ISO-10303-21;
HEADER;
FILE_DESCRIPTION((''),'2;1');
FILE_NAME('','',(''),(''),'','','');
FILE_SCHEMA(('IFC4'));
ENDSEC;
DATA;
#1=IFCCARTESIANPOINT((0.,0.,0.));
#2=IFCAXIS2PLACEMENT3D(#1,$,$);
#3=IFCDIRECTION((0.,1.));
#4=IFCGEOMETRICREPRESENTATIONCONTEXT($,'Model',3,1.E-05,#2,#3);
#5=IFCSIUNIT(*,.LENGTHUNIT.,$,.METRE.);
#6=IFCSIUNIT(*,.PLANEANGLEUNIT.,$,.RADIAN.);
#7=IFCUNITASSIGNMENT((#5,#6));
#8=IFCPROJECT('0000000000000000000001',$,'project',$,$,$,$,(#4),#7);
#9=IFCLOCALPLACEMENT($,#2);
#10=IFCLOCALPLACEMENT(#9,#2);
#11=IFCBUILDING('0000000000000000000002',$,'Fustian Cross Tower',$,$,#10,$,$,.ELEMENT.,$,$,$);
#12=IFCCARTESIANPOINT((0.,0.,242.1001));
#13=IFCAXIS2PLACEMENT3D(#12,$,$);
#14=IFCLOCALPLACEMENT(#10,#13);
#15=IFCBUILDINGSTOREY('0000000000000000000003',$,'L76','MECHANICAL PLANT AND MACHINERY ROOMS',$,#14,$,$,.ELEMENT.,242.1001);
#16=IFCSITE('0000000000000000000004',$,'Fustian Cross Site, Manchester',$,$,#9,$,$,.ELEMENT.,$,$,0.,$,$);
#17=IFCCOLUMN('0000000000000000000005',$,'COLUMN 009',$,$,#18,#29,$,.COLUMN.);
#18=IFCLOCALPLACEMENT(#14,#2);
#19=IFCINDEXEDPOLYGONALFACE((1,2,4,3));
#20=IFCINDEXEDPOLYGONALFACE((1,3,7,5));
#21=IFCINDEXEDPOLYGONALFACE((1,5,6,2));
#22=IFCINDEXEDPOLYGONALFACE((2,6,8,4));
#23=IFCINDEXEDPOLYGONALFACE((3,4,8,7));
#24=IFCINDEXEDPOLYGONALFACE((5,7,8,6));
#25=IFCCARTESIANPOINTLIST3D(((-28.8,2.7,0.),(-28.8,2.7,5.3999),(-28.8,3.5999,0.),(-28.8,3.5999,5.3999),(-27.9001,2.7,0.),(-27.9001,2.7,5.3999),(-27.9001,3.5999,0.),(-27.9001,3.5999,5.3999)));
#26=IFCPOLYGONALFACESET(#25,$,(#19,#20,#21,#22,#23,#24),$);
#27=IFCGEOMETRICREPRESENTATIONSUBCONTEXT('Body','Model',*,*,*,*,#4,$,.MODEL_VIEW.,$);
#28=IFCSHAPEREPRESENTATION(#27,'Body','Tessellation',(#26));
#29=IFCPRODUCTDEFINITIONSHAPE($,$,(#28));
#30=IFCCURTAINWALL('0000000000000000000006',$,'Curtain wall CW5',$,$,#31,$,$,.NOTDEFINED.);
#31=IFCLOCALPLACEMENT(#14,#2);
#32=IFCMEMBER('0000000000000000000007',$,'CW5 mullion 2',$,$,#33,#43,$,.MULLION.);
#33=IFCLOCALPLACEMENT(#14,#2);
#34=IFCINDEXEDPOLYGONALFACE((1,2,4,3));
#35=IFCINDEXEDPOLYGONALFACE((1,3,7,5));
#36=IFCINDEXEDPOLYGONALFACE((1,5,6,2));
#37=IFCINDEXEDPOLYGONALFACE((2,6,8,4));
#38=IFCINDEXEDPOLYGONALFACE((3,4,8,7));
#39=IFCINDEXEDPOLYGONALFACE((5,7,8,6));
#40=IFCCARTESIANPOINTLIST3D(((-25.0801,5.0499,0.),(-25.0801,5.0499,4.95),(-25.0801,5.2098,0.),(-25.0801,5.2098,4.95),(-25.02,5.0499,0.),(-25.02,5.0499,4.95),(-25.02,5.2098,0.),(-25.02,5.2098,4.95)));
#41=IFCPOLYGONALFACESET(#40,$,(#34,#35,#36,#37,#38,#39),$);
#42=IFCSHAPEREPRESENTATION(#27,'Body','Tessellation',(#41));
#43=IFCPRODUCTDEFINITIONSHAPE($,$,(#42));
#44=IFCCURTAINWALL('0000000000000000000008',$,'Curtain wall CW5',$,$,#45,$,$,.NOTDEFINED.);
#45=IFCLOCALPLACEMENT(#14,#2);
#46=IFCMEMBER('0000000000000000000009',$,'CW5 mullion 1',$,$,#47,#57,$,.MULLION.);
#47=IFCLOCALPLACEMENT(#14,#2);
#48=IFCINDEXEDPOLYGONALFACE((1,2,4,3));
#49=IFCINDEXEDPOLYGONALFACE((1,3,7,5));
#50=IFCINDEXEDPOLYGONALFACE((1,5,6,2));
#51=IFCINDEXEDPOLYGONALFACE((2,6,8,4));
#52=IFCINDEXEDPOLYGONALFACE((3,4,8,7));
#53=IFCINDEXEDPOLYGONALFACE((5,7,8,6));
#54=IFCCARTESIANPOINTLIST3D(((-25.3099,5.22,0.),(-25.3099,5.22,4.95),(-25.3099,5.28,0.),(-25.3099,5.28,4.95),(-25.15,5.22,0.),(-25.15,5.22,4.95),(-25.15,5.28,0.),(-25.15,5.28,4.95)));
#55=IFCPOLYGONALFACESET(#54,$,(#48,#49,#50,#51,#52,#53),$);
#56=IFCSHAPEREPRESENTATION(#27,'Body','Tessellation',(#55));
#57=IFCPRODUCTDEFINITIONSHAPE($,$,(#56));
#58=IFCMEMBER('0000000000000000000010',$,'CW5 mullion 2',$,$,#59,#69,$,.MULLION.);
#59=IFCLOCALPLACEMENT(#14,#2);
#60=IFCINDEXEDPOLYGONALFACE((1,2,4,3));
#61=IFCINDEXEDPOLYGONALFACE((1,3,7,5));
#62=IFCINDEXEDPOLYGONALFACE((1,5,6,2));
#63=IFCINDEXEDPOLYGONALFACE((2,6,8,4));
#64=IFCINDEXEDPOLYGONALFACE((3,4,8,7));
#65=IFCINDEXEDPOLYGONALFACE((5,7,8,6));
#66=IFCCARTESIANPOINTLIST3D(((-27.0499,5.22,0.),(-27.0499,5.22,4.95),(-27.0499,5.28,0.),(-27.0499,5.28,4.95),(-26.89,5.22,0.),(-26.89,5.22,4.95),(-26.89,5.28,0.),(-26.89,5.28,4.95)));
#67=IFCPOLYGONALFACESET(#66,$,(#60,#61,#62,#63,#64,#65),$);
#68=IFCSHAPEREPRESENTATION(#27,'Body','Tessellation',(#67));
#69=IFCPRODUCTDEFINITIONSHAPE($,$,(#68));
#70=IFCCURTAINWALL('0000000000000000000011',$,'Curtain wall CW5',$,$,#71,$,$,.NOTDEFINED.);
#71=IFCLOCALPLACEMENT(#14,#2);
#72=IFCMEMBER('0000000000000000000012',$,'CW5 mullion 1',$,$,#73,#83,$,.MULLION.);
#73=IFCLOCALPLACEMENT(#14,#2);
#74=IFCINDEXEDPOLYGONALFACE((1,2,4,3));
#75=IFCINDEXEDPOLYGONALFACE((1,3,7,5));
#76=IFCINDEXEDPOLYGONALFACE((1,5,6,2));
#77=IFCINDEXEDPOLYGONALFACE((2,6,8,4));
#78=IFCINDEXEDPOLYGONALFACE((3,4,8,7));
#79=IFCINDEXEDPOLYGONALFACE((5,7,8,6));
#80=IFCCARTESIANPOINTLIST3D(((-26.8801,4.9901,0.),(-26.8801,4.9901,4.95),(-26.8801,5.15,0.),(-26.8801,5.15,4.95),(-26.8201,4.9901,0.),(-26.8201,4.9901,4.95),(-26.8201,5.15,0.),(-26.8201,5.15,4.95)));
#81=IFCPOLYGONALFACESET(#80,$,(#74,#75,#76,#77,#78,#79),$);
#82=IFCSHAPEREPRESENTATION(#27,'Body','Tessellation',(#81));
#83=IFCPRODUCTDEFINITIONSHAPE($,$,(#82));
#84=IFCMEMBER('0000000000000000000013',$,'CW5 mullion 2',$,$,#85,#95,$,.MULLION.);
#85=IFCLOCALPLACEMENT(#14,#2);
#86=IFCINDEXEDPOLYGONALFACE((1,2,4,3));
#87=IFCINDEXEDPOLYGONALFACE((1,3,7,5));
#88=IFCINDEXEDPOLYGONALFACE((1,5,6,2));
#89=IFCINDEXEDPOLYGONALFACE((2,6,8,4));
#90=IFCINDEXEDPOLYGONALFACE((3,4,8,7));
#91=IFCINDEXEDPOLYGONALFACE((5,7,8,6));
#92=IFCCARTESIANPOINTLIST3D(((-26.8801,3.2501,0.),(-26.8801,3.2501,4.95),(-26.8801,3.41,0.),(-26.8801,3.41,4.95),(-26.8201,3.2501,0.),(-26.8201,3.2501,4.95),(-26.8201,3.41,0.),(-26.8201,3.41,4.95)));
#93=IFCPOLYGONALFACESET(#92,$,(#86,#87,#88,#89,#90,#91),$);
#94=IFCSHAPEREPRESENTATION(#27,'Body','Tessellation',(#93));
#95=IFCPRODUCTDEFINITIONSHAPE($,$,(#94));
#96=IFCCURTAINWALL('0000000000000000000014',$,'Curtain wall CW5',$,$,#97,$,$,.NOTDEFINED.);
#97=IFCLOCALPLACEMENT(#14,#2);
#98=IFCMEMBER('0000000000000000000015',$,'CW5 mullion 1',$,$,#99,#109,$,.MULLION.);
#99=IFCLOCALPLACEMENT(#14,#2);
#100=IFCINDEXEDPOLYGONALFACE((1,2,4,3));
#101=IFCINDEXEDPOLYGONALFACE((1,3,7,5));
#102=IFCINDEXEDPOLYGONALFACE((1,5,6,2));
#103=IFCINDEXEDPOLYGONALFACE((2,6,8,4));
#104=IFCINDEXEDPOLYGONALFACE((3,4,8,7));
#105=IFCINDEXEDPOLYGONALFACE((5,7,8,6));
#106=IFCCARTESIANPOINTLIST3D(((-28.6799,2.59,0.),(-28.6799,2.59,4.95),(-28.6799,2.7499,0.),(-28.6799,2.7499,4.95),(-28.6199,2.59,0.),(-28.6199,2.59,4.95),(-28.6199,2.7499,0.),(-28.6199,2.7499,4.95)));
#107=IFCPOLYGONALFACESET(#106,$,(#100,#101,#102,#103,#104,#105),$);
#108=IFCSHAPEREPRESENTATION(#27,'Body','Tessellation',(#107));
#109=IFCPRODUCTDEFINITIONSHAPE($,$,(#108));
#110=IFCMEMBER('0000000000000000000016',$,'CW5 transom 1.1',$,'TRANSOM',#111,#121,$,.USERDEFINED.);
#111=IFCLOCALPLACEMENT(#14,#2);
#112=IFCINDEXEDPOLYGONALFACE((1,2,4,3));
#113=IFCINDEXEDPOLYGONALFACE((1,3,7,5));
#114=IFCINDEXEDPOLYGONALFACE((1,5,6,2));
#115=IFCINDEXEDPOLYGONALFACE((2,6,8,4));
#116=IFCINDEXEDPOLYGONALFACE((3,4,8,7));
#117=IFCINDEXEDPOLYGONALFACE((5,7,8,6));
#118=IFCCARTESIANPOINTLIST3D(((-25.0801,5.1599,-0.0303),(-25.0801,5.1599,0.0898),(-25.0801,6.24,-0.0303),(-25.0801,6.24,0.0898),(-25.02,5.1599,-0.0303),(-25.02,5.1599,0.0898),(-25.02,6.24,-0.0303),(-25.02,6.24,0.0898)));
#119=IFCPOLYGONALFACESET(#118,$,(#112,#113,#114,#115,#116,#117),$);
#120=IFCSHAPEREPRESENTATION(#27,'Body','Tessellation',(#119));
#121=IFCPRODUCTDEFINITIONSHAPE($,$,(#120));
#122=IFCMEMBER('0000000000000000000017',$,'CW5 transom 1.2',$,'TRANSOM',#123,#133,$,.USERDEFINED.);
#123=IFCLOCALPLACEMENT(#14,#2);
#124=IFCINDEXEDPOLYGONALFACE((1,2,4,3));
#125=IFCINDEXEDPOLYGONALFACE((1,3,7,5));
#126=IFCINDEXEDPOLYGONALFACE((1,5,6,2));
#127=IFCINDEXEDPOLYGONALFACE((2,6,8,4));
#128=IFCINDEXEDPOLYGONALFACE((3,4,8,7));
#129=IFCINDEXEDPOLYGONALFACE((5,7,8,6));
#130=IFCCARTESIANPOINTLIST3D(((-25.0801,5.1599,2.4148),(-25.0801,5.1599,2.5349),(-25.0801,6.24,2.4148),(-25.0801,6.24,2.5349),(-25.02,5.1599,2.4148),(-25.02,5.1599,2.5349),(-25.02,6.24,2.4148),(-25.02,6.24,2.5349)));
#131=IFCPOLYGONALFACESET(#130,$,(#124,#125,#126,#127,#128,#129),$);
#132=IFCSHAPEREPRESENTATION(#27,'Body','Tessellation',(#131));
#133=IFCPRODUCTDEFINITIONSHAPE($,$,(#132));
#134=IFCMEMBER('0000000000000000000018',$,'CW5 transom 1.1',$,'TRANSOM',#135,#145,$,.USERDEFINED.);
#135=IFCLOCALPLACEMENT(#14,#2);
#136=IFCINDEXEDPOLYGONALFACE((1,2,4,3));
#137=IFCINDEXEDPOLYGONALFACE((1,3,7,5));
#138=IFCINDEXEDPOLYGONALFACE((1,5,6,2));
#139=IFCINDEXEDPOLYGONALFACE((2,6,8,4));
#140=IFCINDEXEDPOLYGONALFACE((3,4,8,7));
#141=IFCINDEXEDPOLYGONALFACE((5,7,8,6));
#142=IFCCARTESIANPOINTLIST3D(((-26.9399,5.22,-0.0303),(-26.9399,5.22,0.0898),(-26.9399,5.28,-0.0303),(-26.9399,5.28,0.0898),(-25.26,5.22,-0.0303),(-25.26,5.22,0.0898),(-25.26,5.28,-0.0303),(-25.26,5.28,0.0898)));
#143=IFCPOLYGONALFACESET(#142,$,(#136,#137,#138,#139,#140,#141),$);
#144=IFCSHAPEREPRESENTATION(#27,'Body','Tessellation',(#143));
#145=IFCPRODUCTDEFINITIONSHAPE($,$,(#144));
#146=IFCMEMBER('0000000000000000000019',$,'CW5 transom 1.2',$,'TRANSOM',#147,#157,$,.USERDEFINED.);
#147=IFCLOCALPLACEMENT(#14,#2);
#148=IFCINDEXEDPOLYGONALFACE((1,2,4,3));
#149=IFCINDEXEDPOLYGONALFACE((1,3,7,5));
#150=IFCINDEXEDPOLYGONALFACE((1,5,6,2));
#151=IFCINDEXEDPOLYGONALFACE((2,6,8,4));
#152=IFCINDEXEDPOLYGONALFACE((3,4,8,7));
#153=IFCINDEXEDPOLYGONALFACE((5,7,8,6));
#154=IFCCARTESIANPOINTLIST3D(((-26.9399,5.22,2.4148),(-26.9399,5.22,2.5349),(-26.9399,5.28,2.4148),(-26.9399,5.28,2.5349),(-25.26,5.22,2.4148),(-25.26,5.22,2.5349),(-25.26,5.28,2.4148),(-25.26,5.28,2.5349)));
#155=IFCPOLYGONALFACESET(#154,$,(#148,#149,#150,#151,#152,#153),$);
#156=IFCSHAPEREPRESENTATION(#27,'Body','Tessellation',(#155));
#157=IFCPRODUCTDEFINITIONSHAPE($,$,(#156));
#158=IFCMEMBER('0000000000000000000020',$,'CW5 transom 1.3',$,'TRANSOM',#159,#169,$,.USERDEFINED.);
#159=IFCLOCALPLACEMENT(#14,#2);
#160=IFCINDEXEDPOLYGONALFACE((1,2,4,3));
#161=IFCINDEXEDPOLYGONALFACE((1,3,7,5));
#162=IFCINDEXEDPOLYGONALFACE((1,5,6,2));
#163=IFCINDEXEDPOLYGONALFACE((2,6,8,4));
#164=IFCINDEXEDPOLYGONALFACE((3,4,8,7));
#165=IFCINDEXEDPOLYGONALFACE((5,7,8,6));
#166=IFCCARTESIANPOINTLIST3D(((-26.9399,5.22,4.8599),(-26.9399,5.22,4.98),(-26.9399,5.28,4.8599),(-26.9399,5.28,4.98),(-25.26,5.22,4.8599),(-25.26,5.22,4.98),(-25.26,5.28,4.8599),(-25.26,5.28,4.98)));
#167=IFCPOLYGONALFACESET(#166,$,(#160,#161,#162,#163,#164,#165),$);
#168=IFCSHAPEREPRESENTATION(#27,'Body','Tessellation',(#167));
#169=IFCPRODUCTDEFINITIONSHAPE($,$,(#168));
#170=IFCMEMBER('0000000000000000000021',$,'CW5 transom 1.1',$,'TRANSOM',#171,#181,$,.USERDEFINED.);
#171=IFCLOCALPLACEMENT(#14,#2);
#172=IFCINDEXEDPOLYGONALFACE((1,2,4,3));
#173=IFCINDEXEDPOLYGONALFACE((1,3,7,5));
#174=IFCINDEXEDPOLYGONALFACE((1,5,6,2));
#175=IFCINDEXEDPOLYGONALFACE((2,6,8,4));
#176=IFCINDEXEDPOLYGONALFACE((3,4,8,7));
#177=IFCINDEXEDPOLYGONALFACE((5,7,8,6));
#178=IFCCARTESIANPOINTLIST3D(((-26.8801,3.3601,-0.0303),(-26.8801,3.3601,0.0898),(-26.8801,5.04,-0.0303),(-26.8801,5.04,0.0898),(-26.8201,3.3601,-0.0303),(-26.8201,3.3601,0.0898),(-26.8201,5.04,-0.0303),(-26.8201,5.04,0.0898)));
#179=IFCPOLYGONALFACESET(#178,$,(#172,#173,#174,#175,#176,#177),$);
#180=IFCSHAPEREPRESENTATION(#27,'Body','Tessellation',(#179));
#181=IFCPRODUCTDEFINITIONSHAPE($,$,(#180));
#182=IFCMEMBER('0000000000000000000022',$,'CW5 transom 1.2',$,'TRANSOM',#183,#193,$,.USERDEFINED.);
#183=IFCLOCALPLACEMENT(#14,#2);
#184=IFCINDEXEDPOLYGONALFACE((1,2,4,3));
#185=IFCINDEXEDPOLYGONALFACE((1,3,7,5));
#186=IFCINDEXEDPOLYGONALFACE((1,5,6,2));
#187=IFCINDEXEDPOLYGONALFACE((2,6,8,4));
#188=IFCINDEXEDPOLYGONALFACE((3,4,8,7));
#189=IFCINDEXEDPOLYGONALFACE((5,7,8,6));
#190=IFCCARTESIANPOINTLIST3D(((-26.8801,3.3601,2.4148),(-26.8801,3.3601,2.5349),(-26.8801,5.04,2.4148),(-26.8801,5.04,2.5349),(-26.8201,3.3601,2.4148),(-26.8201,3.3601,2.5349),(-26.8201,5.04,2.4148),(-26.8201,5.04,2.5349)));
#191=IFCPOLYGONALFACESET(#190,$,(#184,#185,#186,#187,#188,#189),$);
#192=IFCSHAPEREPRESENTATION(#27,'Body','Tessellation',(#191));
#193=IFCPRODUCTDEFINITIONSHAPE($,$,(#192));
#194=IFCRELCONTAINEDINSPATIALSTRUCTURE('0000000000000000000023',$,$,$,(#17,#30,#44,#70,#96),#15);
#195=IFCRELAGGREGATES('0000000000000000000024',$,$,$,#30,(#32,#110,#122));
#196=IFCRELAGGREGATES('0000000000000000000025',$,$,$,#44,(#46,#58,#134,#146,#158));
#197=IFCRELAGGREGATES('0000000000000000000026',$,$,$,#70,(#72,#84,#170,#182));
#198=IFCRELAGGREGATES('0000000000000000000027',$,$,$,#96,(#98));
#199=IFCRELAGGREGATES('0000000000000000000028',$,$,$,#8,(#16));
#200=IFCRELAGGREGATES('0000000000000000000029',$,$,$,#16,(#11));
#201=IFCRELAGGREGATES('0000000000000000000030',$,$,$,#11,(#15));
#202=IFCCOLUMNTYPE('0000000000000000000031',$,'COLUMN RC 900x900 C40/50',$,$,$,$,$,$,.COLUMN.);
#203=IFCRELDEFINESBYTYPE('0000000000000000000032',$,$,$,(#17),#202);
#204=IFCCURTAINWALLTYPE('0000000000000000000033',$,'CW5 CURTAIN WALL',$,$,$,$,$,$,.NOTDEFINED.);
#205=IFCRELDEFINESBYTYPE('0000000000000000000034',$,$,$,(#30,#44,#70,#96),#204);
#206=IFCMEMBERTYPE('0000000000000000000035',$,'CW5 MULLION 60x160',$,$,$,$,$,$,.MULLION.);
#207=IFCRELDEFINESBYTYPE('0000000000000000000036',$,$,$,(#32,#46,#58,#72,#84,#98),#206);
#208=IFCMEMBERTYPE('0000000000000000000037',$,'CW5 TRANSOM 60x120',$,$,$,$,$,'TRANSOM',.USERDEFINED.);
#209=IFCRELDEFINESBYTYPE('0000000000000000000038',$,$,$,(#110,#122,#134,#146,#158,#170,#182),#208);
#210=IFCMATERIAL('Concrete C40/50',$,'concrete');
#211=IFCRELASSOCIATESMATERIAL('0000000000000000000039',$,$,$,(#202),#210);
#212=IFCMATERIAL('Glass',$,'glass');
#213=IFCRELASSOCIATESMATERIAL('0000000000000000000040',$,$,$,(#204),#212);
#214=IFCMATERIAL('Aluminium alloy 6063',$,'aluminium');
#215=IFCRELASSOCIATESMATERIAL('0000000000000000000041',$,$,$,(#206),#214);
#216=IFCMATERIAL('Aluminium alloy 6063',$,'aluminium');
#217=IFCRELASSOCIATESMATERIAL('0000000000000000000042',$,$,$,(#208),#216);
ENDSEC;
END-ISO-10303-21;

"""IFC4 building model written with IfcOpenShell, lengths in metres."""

from ifc_helpers import new_model, si_unit, direction, frame, origin, origin_2d, place, context, subcontext, project, spatial, rectangle, extrude, material, material_profile, profile_set, type_object, element, aggregate, save


model = new_model("IFC4")

# Units and contexts
model_context = context("Model", 3, precision=1e-05, world=origin(), true_north=direction((0.0, 1.0)))
body_context = subcontext(model_context, "Body", "Model", "MODEL_VIEW")
ifc_project = project(units=[si_unit("LENGTHUNIT", "METRE"), si_unit("PLANEANGLEUNIT", "RADIAN")], contexts=[model_context])

# Site, building, storey
site_placement = place(None, origin())
site = spatial("IfcSite", under=ifc_project, at=site_placement, Name="Fustian Cross Site, Manchester", CompositionType="ELEMENT", RefElevation=0.0)
building_placement = place(site_placement, origin())
building = spatial("IfcBuilding", under=site, at=building_placement, Name="Fustian Cross Tower", CompositionType="ELEMENT")
storey_placement = place(building_placement, frame((0.0, 0.0, 242.1001)))
storey = spatial("IfcBuildingStorey", under=building, at=storey_placement, Name="L76", Description="MECHANICAL PLANT AND MACHINERY ROOMS", CompositionType="ELEMENT", Elevation=242.1001)

# Column
ifc_material_1 = material(Name="Concrete C40/50", Category="concrete")
ifc_material_profile_1 = material_profile(ifc_material_1, rectangle(XDim=0.8999, YDim=0.8999, at=origin_2d()), Name="RC 900x900")
ifc_profile_set_1 = profile_set([ifc_material_profile_1], Name="Concrete C40/50")
column_type = type_object("IfcColumnType", Name="COLUMN RC 900x900 C40/50", PredefinedType="COLUMN", material=ifc_profile_set_1)
column_placement = place(storey_placement, frame((-28.3501, 3.1499, 0.0), z_axis=(0.0, 0.0, 1.0), x_axis=(1.0, 0.0, 0.0)))
element("IfcColumn", 1, at=column_placement, inside=storey, type_object=column_type, Name="COLUMN 009", PredefinedType="COLUMN", context=body_context, shape_type="SweptSolid", body=[
    extrude(rectangle(XDim=0.8999, YDim=0.8999, at=origin_2d()), origin(), (0.0, 0.0, 1.0), 5.3999),
])

# Curtain wall, member
ifc_material_2 = material(Name="Glass", Category="glass")
curtain_wall_type = type_object("IfcCurtainWallType", Name="CW5 CURTAIN WALL", PredefinedType="NOTDEFINED", material=ifc_material_2)
curtain_wall_1_placement = place(storey_placement, origin())
curtain_wall_1 = element("IfcCurtainWall", 2, at=curtain_wall_1_placement, inside=storey, type_object=curtain_wall_type, Name="Curtain wall CW5", PredefinedType="NOTDEFINED")
ifc_material_3 = material(Name="Aluminium alloy 6063", Category="aluminium")
ifc_material_profile_2 = material_profile(ifc_material_3, rectangle(XDim=0.0601, YDim=0.1599, at=origin_2d()), Name="CW5 MULLION 60x160")
ifc_profile_set_2 = profile_set([ifc_material_profile_2], Name="Aluminium alloy 6063")
member_type_1 = type_object("IfcMemberType", Name="CW5 MULLION 60x160", PredefinedType="MULLION", material=ifc_profile_set_2)
member_1_placement = place(storey_placement, frame((-25.05, 5.1299, 0.0), z_axis=(0.0, 0.0, 1.0), x_axis=(1.0, 0.0, 0.0)))
member_1 = element("IfcMember", 3, at=member_1_placement, type_object=member_type_1, Name="CW5 mullion 2", PredefinedType="MULLION", context=body_context, shape_type="SweptSolid", body=[
    extrude(rectangle(XDim=0.0601, YDim=0.1599, at=origin_2d()), origin(), (0.0, 0.0, 1.0), 4.95),
])

# Curtain walls, members
curtain_wall_2_placement = place(storey_placement, origin())
curtain_wall_2 = element("IfcCurtainWall", 4, at=curtain_wall_2_placement, inside=storey, type_object=curtain_wall_type, Name="Curtain wall CW5", PredefinedType="NOTDEFINED")
member_2_placement = place(storey_placement, frame((-25.23, 5.25, 0.0), z_axis=(0.0, 0.0, 1.0), x_axis=(0.0, -1.0, 0.0)))
member_2 = element("IfcMember", 5, at=member_2_placement, type_object=member_type_1, Name="CW5 mullion 1", PredefinedType="MULLION", context=body_context, shape_type="SweptSolid", body=[
    extrude(rectangle(XDim=0.0601, YDim=0.1599, at=origin_2d()), origin(), (0.0, 0.0, 1.0), 4.95),
])
member_3_placement = place(storey_placement, frame((-26.97, 5.25, 0.0), z_axis=(0.0, 0.0, 1.0), x_axis=(0.0, -1.0, 0.0)))
member_3 = element("IfcMember", 6, at=member_3_placement, type_object=member_type_1, Name="CW5 mullion 2", PredefinedType="MULLION", context=body_context, shape_type="SweptSolid", body=[
    extrude(rectangle(XDim=0.0601, YDim=0.1599, at=origin_2d()), origin(), (0.0, 0.0, 1.0), 4.95),
])
curtain_wall_3_placement = place(storey_placement, origin())
curtain_wall_3 = element("IfcCurtainWall", 7, at=curtain_wall_3_placement, inside=storey, type_object=curtain_wall_type, Name="Curtain wall CW5", PredefinedType="NOTDEFINED")
member_4_placement = place(storey_placement, frame((-26.8501, 5.0701, 0.0), z_axis=(0.0, 0.0, 1.0), x_axis=(1.0, 0.0, 0.0)))
member_4 = element("IfcMember", 8, at=member_4_placement, type_object=member_type_1, Name="CW5 mullion 1", PredefinedType="MULLION", context=body_context, shape_type="SweptSolid", body=[
    extrude(rectangle(XDim=0.0601, YDim=0.1599, at=origin_2d()), origin(), (0.0, 0.0, 1.0), 4.95),
])
member_5_placement = place(storey_placement, frame((-26.8501, 3.3301, 0.0), z_axis=(0.0, 0.0, 1.0), x_axis=(1.0, 0.0, 0.0)))
member_5 = element("IfcMember", 9, at=member_5_placement, type_object=member_type_1, Name="CW5 mullion 2", PredefinedType="MULLION", context=body_context, shape_type="SweptSolid", body=[
    extrude(rectangle(XDim=0.0601, YDim=0.1599, at=origin_2d()), origin(), (0.0, 0.0, 1.0), 4.95),
])

# Curtain wall, member
curtain_wall_4_placement = place(storey_placement, origin())
curtain_wall_4 = element("IfcCurtainWall", 10, at=curtain_wall_4_placement, inside=storey, type_object=curtain_wall_type, Name="Curtain wall CW5", PredefinedType="NOTDEFINED")
member_6_placement = place(storey_placement, frame((-28.6499, 2.6699, 0.0), z_axis=(0.0, 0.0, 1.0), x_axis=(1.0, 0.0, 0.0)))
member_6 = element("IfcMember", 11, at=member_6_placement, type_object=member_type_1, Name="CW5 mullion 1", PredefinedType="MULLION", context=body_context, shape_type="SweptSolid", body=[
    extrude(rectangle(XDim=0.0601, YDim=0.1599, at=origin_2d()), origin(), (0.0, 0.0, 1.0), 4.95),
])

# Members
ifc_material_4 = material(Name="Aluminium alloy 6063", Category="aluminium")
ifc_material_profile_3 = material_profile(ifc_material_4, rectangle(XDim=0.0601, YDim=0.1201, at=origin_2d()), Name="CW5 TRANSOM 60x120")
ifc_profile_set_3 = profile_set([ifc_material_profile_3], Name="Aluminium alloy 6063")
member_type_2 = type_object("IfcMemberType", Name="CW5 TRANSOM 60x120", ElementType="TRANSOM", PredefinedType="USERDEFINED", material=ifc_profile_set_3)
member_7_placement = place(storey_placement, frame((-25.05, 6.24, 0.0298), z_axis=(0.0, -1.0, 0.0), x_axis=(1.0, 0.0, 0.0)))
member_7 = element("IfcMember", 12, at=member_7_placement, type_object=member_type_2, Name="CW5 transom 1.1", ObjectType="TRANSOM", PredefinedType="USERDEFINED", context=body_context, shape_type="SweptSolid", body=[
    extrude(rectangle(XDim=0.0601, YDim=0.1201, at=origin_2d()), origin(), (0.0, 0.0, 1.0), 1.0801),
])
member_8_placement = place(storey_placement, frame((-25.05, 6.24, 2.4749), z_axis=(0.0, -1.0, 0.0), x_axis=(1.0, 0.0, 0.0)))
member_8 = element("IfcMember", 13, at=member_8_placement, type_object=member_type_2, Name="CW5 transom 1.2", ObjectType="TRANSOM", PredefinedType="USERDEFINED", context=body_context, shape_type="SweptSolid", body=[
    extrude(rectangle(XDim=0.0601, YDim=0.1201, at=origin_2d()), origin(), (0.0, 0.0, 1.0), 1.0801),
])
member_9_placement = place(storey_placement, frame((-25.26, 5.25, 0.0298), z_axis=(-1.0, 0.0, 0.0), x_axis=(0.0, -1.0, 0.0)))
member_9 = element("IfcMember", 14, at=member_9_placement, type_object=member_type_2, Name="CW5 transom 1.1", ObjectType="TRANSOM", PredefinedType="USERDEFINED", context=body_context, shape_type="SweptSolid", body=[
    extrude(rectangle(XDim=0.0601, YDim=0.1201, at=origin_2d()), origin(), (0.0, 0.0, 1.0), 1.6799),
])
member_10_placement = place(storey_placement, frame((-25.26, 5.25, 2.4749), z_axis=(-1.0, 0.0, 0.0), x_axis=(0.0, -1.0, 0.0)))
member_10 = element("IfcMember", 15, at=member_10_placement, type_object=member_type_2, Name="CW5 transom 1.2", ObjectType="TRANSOM", PredefinedType="USERDEFINED", context=body_context, shape_type="SweptSolid", body=[
    extrude(rectangle(XDim=0.0601, YDim=0.1201, at=origin_2d()), origin(), (0.0, 0.0, 1.0), 1.6799),
])
member_11_placement = place(storey_placement, frame((-25.26, 5.25, 4.9199), z_axis=(-1.0, 0.0, 0.0), x_axis=(0.0, -1.0, 0.0)))
member_11 = element("IfcMember", 16, at=member_11_placement, type_object=member_type_2, Name="CW5 transom 1.3", ObjectType="TRANSOM", PredefinedType="USERDEFINED", context=body_context, shape_type="SweptSolid", body=[
    extrude(rectangle(XDim=0.0601, YDim=0.1201, at=origin_2d()), origin(), (0.0, 0.0, 1.0), 1.6799),
])
member_12_placement = place(storey_placement, frame((-26.8501, 5.04, 0.0298), z_axis=(0.0, -1.0, 0.0), x_axis=(1.0, 0.0, 0.0)))
member_12 = element("IfcMember", 17, at=member_12_placement, type_object=member_type_2, Name="CW5 transom 1.1", ObjectType="TRANSOM", PredefinedType="USERDEFINED", context=body_context, shape_type="SweptSolid", body=[
    extrude(rectangle(XDim=0.0601, YDim=0.1201, at=origin_2d()), origin(), (0.0, 0.0, 1.0), 1.6799),
])
member_13_placement = place(storey_placement, frame((-26.8501, 5.04, 2.4749), z_axis=(0.0, -1.0, 0.0), x_axis=(1.0, 0.0, 0.0)))
member_13 = element("IfcMember", 18, at=member_13_placement, type_object=member_type_2, Name="CW5 transom 1.2", ObjectType="TRANSOM", PredefinedType="USERDEFINED", context=body_context, shape_type="SweptSolid", body=[
    extrude(rectangle(XDim=0.0601, YDim=0.1201, at=origin_2d()), origin(), (0.0, 0.0, 1.0), 1.6799),
])

aggregate(curtain_wall_1, [member_1, member_7, member_8])
aggregate(curtain_wall_2, [member_2, member_3, member_9, member_10, member_11])
aggregate(curtain_wall_3, [member_4, member_5, member_12, member_13])
aggregate(curtain_wall_4, [member_6])

save(model, "model.ifc")
